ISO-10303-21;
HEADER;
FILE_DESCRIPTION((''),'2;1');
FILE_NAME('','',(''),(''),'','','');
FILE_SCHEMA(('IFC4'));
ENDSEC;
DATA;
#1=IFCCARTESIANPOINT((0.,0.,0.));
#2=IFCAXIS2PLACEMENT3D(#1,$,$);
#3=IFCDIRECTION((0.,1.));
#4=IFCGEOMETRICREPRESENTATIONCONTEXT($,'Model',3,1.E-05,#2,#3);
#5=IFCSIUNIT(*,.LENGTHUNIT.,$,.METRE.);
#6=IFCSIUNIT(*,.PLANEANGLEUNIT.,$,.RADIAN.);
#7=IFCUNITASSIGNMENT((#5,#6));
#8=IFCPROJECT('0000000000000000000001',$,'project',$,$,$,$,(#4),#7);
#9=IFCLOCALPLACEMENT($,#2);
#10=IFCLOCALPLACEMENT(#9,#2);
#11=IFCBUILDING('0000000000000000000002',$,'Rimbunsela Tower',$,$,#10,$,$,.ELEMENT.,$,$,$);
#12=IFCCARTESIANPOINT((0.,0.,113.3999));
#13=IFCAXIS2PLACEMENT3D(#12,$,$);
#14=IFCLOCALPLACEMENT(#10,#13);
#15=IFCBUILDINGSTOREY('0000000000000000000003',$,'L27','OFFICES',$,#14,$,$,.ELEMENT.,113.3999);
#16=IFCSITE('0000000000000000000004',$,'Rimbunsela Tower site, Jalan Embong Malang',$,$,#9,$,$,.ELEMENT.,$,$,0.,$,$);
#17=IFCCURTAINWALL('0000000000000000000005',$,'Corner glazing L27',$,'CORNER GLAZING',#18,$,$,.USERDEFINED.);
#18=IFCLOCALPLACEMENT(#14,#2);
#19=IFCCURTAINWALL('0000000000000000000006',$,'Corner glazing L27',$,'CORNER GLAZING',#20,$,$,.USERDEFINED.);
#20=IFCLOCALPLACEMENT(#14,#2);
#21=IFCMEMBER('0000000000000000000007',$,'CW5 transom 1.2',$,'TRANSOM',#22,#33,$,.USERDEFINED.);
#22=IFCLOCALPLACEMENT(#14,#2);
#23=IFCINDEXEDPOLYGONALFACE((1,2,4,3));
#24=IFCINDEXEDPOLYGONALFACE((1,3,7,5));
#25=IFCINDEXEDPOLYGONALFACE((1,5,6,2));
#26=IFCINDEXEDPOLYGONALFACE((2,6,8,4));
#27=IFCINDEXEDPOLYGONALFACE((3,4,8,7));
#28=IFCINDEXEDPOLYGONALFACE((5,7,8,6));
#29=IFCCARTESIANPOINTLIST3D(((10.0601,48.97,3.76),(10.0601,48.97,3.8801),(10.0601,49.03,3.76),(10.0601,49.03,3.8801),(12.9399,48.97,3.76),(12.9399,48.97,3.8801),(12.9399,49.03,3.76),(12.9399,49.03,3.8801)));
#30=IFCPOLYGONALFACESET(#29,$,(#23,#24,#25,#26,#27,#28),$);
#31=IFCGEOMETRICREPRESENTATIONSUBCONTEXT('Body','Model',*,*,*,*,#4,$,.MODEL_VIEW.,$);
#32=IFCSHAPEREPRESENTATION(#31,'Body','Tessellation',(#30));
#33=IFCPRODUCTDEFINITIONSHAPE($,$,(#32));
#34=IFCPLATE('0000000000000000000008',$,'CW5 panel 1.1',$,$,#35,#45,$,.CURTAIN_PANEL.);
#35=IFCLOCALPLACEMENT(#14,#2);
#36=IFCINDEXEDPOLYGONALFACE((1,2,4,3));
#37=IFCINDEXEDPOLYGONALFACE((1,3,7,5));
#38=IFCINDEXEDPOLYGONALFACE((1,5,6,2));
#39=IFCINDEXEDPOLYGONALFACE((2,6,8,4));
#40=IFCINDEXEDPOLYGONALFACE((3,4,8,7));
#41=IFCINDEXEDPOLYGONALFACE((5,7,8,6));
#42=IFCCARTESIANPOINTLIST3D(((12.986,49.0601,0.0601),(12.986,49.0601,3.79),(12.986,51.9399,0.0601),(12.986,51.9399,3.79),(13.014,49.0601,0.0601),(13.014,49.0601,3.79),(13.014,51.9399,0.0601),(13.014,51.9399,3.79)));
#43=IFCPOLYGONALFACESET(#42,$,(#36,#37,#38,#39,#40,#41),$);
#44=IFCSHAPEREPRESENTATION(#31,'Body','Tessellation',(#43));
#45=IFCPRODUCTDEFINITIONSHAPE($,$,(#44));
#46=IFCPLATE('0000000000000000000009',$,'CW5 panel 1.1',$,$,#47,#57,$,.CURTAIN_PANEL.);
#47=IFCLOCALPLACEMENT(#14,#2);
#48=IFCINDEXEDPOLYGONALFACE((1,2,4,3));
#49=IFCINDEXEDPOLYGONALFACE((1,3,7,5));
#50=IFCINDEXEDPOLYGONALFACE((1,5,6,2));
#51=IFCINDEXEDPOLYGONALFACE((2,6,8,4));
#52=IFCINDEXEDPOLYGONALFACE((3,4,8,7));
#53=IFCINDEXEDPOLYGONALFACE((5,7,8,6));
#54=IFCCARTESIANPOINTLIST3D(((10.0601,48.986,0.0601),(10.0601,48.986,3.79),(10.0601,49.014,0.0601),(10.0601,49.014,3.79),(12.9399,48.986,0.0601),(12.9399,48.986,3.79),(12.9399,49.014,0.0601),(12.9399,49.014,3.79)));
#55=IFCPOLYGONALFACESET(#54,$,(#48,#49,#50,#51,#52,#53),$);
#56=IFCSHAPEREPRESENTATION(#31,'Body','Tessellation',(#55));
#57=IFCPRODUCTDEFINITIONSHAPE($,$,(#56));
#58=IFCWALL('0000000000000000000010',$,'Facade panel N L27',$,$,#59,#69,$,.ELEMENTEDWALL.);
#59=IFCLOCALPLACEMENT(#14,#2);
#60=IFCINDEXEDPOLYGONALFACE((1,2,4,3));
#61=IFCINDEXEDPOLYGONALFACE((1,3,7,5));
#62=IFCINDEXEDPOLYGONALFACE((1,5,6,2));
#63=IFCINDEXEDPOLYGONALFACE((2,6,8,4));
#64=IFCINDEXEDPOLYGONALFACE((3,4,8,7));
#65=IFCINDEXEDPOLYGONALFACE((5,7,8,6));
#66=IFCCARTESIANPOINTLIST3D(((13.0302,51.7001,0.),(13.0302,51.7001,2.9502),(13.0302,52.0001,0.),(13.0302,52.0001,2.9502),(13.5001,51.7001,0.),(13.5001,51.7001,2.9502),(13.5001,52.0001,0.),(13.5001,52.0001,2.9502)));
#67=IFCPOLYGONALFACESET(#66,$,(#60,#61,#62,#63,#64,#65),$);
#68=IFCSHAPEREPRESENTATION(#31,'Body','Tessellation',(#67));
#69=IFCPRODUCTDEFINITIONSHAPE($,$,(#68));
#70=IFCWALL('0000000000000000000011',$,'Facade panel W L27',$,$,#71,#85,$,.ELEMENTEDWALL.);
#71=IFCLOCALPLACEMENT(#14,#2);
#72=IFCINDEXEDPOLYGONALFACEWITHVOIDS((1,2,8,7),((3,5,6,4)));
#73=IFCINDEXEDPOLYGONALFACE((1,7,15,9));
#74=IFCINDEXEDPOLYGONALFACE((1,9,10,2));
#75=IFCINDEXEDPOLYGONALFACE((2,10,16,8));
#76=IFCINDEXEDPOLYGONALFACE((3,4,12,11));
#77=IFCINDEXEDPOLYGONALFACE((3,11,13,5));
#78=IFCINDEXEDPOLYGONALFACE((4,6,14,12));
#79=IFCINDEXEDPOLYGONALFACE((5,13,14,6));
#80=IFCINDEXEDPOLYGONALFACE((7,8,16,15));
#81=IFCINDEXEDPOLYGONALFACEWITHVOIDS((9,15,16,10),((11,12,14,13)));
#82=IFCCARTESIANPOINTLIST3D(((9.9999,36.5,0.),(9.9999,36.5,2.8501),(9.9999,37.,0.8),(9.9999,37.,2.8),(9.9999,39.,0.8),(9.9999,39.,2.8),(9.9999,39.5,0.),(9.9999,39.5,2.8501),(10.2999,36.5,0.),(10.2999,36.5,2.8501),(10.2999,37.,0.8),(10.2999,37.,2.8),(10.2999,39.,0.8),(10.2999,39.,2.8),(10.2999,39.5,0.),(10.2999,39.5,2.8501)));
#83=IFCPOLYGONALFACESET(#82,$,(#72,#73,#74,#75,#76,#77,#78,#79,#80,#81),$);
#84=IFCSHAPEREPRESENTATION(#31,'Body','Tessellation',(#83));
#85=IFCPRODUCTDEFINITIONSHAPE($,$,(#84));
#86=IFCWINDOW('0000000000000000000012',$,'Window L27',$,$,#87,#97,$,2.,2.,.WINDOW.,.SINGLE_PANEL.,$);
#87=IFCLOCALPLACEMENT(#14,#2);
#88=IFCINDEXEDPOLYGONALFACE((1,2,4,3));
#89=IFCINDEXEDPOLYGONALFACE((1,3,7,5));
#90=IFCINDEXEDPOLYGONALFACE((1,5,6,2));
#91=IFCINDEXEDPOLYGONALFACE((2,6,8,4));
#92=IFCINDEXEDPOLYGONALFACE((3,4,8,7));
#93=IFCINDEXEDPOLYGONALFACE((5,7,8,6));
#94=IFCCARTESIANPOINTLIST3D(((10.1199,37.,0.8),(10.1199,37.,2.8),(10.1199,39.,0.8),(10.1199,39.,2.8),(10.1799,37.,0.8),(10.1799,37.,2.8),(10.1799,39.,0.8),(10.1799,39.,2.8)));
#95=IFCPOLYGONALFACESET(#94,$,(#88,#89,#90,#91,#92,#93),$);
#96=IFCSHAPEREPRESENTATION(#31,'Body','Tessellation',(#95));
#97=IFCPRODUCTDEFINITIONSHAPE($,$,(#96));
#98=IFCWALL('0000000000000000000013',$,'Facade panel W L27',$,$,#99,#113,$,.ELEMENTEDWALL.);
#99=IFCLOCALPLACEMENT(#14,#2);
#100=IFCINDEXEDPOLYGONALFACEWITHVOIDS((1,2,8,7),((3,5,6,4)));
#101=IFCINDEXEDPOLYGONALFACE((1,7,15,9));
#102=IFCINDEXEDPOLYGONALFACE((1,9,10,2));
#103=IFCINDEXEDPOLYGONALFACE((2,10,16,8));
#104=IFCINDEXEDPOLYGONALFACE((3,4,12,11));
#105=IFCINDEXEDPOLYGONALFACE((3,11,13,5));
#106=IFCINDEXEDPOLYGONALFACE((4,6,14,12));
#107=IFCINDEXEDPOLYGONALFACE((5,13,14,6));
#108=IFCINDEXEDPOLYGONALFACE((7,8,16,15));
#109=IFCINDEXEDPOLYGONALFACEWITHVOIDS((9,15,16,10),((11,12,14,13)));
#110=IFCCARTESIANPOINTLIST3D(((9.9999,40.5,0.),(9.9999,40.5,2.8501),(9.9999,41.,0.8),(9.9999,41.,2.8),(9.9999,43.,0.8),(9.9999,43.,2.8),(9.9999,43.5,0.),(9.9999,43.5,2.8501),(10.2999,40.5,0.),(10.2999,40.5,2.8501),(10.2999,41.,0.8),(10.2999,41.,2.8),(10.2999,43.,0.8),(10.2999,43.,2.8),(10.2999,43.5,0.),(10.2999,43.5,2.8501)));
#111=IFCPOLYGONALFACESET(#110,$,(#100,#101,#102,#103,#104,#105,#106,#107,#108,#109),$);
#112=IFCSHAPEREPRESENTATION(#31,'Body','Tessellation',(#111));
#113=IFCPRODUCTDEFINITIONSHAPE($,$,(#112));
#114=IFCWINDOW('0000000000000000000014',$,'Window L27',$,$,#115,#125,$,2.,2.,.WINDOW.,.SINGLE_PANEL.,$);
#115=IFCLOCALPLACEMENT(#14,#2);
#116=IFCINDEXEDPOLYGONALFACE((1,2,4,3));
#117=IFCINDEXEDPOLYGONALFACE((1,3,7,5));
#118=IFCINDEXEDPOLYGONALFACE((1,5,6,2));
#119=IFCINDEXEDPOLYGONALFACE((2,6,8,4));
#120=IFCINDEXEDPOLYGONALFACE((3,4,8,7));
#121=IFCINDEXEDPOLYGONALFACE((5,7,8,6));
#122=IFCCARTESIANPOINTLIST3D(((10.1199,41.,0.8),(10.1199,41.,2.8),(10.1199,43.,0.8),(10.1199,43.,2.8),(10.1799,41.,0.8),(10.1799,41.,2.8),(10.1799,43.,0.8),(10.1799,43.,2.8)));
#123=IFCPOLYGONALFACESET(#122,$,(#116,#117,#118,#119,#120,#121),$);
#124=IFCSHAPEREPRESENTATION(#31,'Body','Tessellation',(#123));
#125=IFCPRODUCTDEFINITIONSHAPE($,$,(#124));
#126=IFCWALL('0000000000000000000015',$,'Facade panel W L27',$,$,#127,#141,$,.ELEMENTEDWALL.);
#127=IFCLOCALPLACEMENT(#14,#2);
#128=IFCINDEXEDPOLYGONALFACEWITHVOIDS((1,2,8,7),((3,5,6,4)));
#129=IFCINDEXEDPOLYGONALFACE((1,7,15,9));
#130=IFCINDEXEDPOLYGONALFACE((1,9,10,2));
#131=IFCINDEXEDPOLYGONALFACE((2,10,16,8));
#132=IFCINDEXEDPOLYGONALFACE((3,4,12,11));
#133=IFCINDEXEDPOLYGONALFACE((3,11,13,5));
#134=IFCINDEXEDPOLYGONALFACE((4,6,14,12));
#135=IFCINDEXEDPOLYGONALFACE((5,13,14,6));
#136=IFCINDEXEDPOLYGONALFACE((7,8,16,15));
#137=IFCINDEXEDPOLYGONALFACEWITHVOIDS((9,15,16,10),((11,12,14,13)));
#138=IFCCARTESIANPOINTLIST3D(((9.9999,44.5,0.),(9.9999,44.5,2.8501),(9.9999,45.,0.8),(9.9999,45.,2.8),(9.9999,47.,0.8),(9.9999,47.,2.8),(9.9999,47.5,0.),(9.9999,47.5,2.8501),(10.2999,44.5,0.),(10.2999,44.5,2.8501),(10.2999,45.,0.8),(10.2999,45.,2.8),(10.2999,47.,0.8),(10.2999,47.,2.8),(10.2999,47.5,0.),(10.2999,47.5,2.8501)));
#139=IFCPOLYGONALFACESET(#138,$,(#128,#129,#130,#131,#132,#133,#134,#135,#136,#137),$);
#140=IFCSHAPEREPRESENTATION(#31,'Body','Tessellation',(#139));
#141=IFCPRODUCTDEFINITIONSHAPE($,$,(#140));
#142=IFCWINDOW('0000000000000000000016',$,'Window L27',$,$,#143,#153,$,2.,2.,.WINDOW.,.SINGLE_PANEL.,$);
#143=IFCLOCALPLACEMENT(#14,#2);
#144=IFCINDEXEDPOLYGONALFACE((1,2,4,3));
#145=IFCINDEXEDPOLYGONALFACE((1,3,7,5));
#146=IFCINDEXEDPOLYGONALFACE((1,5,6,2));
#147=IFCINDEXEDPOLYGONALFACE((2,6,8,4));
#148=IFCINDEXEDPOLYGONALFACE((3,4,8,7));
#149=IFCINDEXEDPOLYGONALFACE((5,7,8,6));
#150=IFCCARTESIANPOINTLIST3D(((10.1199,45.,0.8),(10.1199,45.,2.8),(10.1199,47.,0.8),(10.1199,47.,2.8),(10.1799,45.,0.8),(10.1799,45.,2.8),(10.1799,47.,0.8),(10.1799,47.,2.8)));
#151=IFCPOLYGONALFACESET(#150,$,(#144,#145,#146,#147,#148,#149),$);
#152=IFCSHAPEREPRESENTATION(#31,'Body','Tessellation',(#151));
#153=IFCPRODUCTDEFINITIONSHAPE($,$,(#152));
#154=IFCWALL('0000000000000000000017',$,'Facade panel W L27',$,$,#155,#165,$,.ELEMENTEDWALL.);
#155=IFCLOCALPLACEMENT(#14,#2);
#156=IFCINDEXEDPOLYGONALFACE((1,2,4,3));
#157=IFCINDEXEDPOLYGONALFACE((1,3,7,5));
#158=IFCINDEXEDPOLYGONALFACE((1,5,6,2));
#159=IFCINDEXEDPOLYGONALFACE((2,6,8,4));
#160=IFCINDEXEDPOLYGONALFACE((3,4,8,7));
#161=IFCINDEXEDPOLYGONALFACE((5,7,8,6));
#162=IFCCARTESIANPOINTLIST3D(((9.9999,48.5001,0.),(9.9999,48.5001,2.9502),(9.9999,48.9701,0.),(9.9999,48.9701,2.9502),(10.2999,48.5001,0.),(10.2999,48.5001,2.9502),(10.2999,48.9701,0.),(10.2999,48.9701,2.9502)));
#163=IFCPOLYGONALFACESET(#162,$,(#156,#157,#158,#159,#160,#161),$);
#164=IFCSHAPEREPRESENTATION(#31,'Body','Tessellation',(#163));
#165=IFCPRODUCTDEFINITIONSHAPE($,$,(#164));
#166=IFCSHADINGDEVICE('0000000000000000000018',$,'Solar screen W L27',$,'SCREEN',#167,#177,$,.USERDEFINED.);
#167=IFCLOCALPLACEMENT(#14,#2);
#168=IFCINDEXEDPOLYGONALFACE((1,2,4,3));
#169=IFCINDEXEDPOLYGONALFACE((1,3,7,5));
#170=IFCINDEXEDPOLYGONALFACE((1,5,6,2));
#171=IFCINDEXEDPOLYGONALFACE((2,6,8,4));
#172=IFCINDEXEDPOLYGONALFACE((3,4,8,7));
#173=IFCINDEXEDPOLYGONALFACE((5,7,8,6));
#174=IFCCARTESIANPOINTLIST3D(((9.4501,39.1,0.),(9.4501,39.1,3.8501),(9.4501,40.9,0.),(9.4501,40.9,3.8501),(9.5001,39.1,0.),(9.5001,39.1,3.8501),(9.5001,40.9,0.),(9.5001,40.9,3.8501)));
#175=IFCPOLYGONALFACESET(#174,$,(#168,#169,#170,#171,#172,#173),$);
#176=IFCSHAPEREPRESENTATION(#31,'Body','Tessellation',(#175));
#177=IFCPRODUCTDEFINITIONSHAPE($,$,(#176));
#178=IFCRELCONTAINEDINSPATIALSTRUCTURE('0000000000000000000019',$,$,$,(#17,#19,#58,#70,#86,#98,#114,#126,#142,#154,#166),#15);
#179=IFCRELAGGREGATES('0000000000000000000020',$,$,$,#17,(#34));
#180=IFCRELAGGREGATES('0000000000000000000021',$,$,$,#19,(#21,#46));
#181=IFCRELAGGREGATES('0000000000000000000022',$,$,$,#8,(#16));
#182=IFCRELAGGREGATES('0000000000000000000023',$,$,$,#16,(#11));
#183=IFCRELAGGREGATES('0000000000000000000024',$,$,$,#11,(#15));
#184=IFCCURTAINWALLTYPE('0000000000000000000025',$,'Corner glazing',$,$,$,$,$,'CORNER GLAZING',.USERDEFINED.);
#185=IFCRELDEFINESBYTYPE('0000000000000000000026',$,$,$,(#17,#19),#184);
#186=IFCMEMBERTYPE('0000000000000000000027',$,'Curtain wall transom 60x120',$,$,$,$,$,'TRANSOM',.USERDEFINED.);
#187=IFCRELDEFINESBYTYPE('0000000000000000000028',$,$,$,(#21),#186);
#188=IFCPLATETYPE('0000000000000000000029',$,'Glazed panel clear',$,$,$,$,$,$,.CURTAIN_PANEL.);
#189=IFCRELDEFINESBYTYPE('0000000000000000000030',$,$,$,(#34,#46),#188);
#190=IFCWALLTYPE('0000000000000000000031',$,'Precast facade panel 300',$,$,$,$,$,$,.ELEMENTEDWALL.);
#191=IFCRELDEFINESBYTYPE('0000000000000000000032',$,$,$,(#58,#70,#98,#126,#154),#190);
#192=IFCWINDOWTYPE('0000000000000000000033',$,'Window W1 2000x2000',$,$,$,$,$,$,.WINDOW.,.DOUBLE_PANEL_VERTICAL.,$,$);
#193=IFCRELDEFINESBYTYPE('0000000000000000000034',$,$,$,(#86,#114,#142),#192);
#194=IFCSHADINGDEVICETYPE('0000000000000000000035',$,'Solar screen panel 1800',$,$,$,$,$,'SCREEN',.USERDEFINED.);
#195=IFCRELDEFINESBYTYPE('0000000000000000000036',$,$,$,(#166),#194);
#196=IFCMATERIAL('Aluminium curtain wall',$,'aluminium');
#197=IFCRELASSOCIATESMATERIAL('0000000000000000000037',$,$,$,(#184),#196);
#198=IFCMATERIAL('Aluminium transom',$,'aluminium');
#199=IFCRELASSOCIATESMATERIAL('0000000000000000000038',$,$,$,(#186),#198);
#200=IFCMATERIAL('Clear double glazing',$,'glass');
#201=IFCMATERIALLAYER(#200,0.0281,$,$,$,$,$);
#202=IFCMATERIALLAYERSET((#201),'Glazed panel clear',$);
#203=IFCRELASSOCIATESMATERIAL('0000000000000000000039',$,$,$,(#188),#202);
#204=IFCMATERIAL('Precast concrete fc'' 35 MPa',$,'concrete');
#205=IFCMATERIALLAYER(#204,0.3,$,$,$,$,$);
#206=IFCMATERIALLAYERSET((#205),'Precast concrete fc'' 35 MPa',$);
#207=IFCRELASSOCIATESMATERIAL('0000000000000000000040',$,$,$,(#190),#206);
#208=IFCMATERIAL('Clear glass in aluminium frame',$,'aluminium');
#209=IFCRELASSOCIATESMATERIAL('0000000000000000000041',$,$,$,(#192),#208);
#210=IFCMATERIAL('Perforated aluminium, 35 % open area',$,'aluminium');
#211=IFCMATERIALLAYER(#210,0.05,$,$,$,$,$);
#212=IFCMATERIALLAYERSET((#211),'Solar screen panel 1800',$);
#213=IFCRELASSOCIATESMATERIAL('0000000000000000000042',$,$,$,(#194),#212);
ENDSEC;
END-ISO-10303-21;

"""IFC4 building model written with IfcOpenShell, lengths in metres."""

from ifc_helpers import new_model, si_unit, direction, frame, frame_2d, origin, origin_2d, place, context, subcontext, project, spatial, rectangle, extrude, material, layer, layer_set, material_profile, profile_set, type_object, element, fill, aggregate, save


model = new_model("IFC4")

# Units and contexts
model_context = context("Model", 3, precision=1e-05, world=origin(), true_north=direction((0.0, 1.0)))
body_context = subcontext(model_context, "Body", "Model", "MODEL_VIEW")
ifc_project = project(units=[si_unit("LENGTHUNIT", "METRE"), si_unit("PLANEANGLEUNIT", "RADIAN")], contexts=[model_context])

# Site, building, storey
site_placement = place(None, origin())
site = spatial("IfcSite", under=ifc_project, at=site_placement, Name="Rimbunsela Tower site, Jalan Embong Malang", CompositionType="ELEMENT", RefElevation=0.0)
building_placement = place(site_placement, origin())
building = spatial("IfcBuilding", under=site, at=building_placement, Name="Rimbunsela Tower", CompositionType="ELEMENT")
storey_placement = place(building_placement, frame((0.0, 0.0, 113.3999)))
storey = spatial("IfcBuildingStorey", under=building, at=storey_placement, Name="L27", Description="OFFICES", CompositionType="ELEMENT", Elevation=113.3999)

# Curtain walls
ifc_material_1 = material(Name="Aluminium curtain wall", Category="aluminium")
curtain_wall_type = type_object("IfcCurtainWallType", Name="Corner glazing", ElementType="CORNER GLAZING", PredefinedType="USERDEFINED", material=ifc_material_1)
curtain_wall_1_placement = place(storey_placement, origin())
curtain_wall_1 = element("IfcCurtainWall", 1, at=curtain_wall_1_placement, inside=storey, type_object=curtain_wall_type, Name="Corner glazing L27", ObjectType="CORNER GLAZING", PredefinedType="USERDEFINED")
curtain_wall_2_placement = place(storey_placement, origin())
curtain_wall_2 = element("IfcCurtainWall", 2, at=curtain_wall_2_placement, inside=storey, type_object=curtain_wall_type, Name="Corner glazing L27", ObjectType="CORNER GLAZING", PredefinedType="USERDEFINED")

# Member
ifc_material_2 = material(Name="Aluminium transom", Category="aluminium")
ifc_material_profile_1 = material_profile(ifc_material_2, rectangle(XDim=0.0601, YDim=0.1201, at=origin_2d()), Name="Transom 60x120")
ifc_profile_set_1 = profile_set([ifc_material_profile_1], Name="Aluminium transom")
member_type_1 = type_object("IfcMemberType", Name="Curtain wall transom 60x120", ElementType="TRANSOM", PredefinedType="USERDEFINED", material=ifc_profile_set_1)
member_1_placement = place(storey_placement, frame((12.9399, 49.0, 3.8201), z_axis=(-1.0, 0.0, 0.0), x_axis=(0.0, -1.0, 0.0)))
member_1 = element("IfcMember", 3, at=member_1_placement, type_object=member_type_1, Name="CW5 transom 1.2", ObjectType="TRANSOM", PredefinedType="USERDEFINED", context=body_context, shape_type="SweptSolid", body=[
    extrude(rectangle(XDim=0.0601, YDim=0.1201, at=origin_2d()), origin(), (0.0, 0.0, 1.0), 2.8799),
])

# Plates
ifc_material_3 = material(Name="Clear double glazing", Category="glass")
ifc_layer_1 = layer(ifc_material_3, 0.0281)
ifc_layer_set_1 = layer_set([ifc_layer_1], Name="Glazed panel clear")
plate_type = type_object("IfcPlateType", Name="Glazed panel clear", PredefinedType="CURTAIN_PANEL", material=ifc_layer_set_1)
plate_1_placement = place(storey_placement, frame((13.0, 50.5, 0.0601), z_axis=(0.0, 0.0, 1.0), x_axis=(0.0, -1.0, 0.0)))
plate_1 = element("IfcPlate", 4, at=plate_1_placement, type_object=plate_type, Name="CW5 panel 1.1", PredefinedType="CURTAIN_PANEL", context=body_context, shape_type="SweptSolid", body=[
    extrude(rectangle(XDim=2.8799, YDim=0.0281, at=origin_2d()), origin(), (0.0, 0.0, 1.0), 3.73),
])
aggregate(curtain_wall_1, [plate_1])
plate_2_placement = place(storey_placement, frame((11.5, 49.0, 0.0601), z_axis=(0.0, 0.0, 1.0), x_axis=(-1.0, 0.0, 0.0)))
plate_2 = element("IfcPlate", 5, at=plate_2_placement, type_object=plate_type, Name="CW5 panel 1.1", PredefinedType="CURTAIN_PANEL", context=body_context, shape_type="SweptSolid", body=[
    extrude(rectangle(XDim=2.8799, YDim=0.0281, at=origin_2d()), origin(), (0.0, 0.0, 1.0), 3.73),
])
aggregate(curtain_wall_2, [member_1, plate_2])

# Wall
ifc_material_4 = material(Name="Precast concrete fc' 35 MPa", Category="concrete")
ifc_layer_2 = layer(ifc_material_4, 0.3)
ifc_layer_set_2 = layer_set([ifc_layer_2], Name="Precast concrete fc' 35 MPa")
wall_type = type_object("IfcWallType", Name="Precast facade panel 300", PredefinedType="ELEMENTEDWALL", material=ifc_layer_set_2)
wall_1_placement = place(storey_placement, frame((13.5, 51.8501, 0.0), z_axis=(0.0, 0.0, 1.0), x_axis=(-1.0, 0.0, 0.0)))
element("IfcWall", 6, at=wall_1_placement, inside=storey, type_object=wall_type, Name="Facade panel N L27", PredefinedType="ELEMENTEDWALL", context=body_context, shape_type="SweptSolid", body=[
    extrude(rectangle(XDim=0.47, YDim=0.3, at=frame_2d((0.2349, 0.0))), origin(), (0.0, 0.0, 1.0), 2.9502),
])

# Walls, openings, windows
wall_2_placement = place(storey_placement, frame((10.1499, 39.5, 0.0), z_axis=(0.0, 0.0, 1.0), x_axis=(0.0, -1.0, 0.0)))
wall_2 = element("IfcWall", 7, at=wall_2_placement, inside=storey, type_object=wall_type, Name="Facade panel W L27", PredefinedType="ELEMENTEDWALL", context=body_context, shape_type="SweptSolid", body=[
    extrude(rectangle(XDim=3.0, YDim=0.3, at=frame_2d((1.5, 0.0))), origin(), (0.0, 0.0, 1.0), 2.8501),
])
opening_1_placement = place(wall_2_placement, frame((0.5, 0.0, 0.8)))
opening_1 = element("IfcOpeningElement", 8, at=opening_1_placement, cuts=wall_2, PredefinedType="OPENING", context=body_context, shape_type="SweptSolid", body=[
    extrude(rectangle(XDim=2.0, YDim=2.0, at=frame_2d((1.0, 1.0))), frame((0.0, 0.1599, 0.0), z_axis=(0.0, -1.0, 0.0), x_axis=(1.0, 0.0, 0.0)), (0.0, 0.0, 1.0), 0.3201),
])
ifc_material_5 = material(Name="Clear glass in aluminium frame", Category="aluminium")
window_type = type_object("IfcWindowType", Name="Window W1 2000x2000", PartitioningType="DOUBLE_PANEL_VERTICAL", PredefinedType="WINDOW", material=ifc_material_5)
window_1_placement = place(opening_1_placement, origin())
window_1 = element("IfcWindow", 9, at=window_1_placement, inside=storey, type_object=window_type, Name="Window L27", OverallHeight=2.0, OverallWidth=2.0, PartitioningType="SINGLE_PANEL", PredefinedType="WINDOW", context=body_context, shape_type="SweptSolid", body=[
    extrude(rectangle(XDim=2.0, YDim=2.0, at=frame_2d((1.0, 1.0))), frame((0.0, 0.03, 0.0), z_axis=(0.0, -1.0, 0.0), x_axis=(1.0, 0.0, 0.0)), (0.0, 0.0, 1.0), 0.0601),
])
fill(opening_1, window_1)
wall_3_placement = place(storey_placement, frame((10.1499, 43.5, 0.0), z_axis=(0.0, 0.0, 1.0), x_axis=(0.0, -1.0, 0.0)))
wall_3 = element("IfcWall", 10, at=wall_3_placement, inside=storey, type_object=wall_type, Name="Facade panel W L27", PredefinedType="ELEMENTEDWALL", context=body_context, shape_type="SweptSolid", body=[
    extrude(rectangle(XDim=3.0, YDim=0.3, at=frame_2d((1.5, 0.0))), origin(), (0.0, 0.0, 1.0), 2.8501),
])
opening_2_placement = place(wall_3_placement, frame((0.5, 0.0, 0.8)))
opening_2 = element("IfcOpeningElement", 11, at=opening_2_placement, cuts=wall_3, PredefinedType="OPENING", context=body_context, shape_type="SweptSolid", body=[
    extrude(rectangle(XDim=2.0, YDim=2.0, at=frame_2d((1.0, 1.0))), frame((0.0, 0.1599, 0.0), z_axis=(0.0, -1.0, 0.0), x_axis=(1.0, 0.0, 0.0)), (0.0, 0.0, 1.0), 0.3201),
])
window_2_placement = place(opening_2_placement, origin())
window_2 = element("IfcWindow", 12, at=window_2_placement, inside=storey, type_object=window_type, Name="Window L27", OverallHeight=2.0, OverallWidth=2.0, PartitioningType="SINGLE_PANEL", PredefinedType="WINDOW", context=body_context, shape_type="SweptSolid", body=[
    extrude(rectangle(XDim=2.0, YDim=2.0, at=frame_2d((1.0, 1.0))), frame((0.0, 0.03, 0.0), z_axis=(0.0, -1.0, 0.0), x_axis=(1.0, 0.0, 0.0)), (0.0, 0.0, 1.0), 0.0601),
])
fill(opening_2, window_2)
wall_4_placement = place(storey_placement, frame((10.1499, 47.5, 0.0), z_axis=(0.0, 0.0, 1.0), x_axis=(0.0, -1.0, 0.0)))
wall_4 = element("IfcWall", 13, at=wall_4_placement, inside=storey, type_object=wall_type, Name="Facade panel W L27", PredefinedType="ELEMENTEDWALL", context=body_context, shape_type="SweptSolid", body=[
    extrude(rectangle(XDim=3.0, YDim=0.3, at=frame_2d((1.5, 0.0))), origin(), (0.0, 0.0, 1.0), 2.8501),
])
opening_3_placement = place(wall_4_placement, frame((0.5, 0.0, 0.8)))
opening_3 = element("IfcOpeningElement", 14, at=opening_3_placement, cuts=wall_4, PredefinedType="OPENING", context=body_context, shape_type="SweptSolid", body=[
    extrude(rectangle(XDim=2.0, YDim=2.0, at=frame_2d((1.0, 1.0))), frame((0.0, 0.1599, 0.0), z_axis=(0.0, -1.0, 0.0), x_axis=(1.0, 0.0, 0.0)), (0.0, 0.0, 1.0), 0.3201),
])
window_3_placement = place(opening_3_placement, origin())
window_3 = element("IfcWindow", 15, at=window_3_placement, inside=storey, type_object=window_type, Name="Window L27", OverallHeight=2.0, OverallWidth=2.0, PartitioningType="SINGLE_PANEL", PredefinedType="WINDOW", context=body_context, shape_type="SweptSolid", body=[
    extrude(rectangle(XDim=2.0, YDim=2.0, at=frame_2d((1.0, 1.0))), frame((0.0, 0.03, 0.0), z_axis=(0.0, -1.0, 0.0), x_axis=(1.0, 0.0, 0.0)), (0.0, 0.0, 1.0), 0.0601),
])
fill(opening_3, window_3)

# Wall
wall_5_placement = place(storey_placement, frame((10.1499, 48.97, 0.0), z_axis=(0.0, 0.0, 1.0), x_axis=(0.0, -1.0, 0.0)))
element("IfcWall", 16, at=wall_5_placement, inside=storey, type_object=wall_type, Name="Facade panel W L27", PredefinedType="ELEMENTEDWALL", context=body_context, shape_type="SweptSolid", body=[
    extrude(rectangle(XDim=0.47, YDim=0.3, at=frame_2d((0.2349, 0.0))), origin(), (0.0, 0.0, 1.0), 2.9502),
])

# Shading device
ifc_material_6 = material(Name="Perforated aluminium, 35 % open area", Category="aluminium")
ifc_layer_3 = layer(ifc_material_6, 0.05)
ifc_layer_set_3 = layer_set([ifc_layer_3], Name="Solar screen panel 1800")
shading_device_type = type_object("IfcShadingDeviceType", Name="Solar screen panel 1800", ElementType="SCREEN", PredefinedType="USERDEFINED", material=ifc_layer_set_3)
for number, where, z_axis, x_axis, name in (
    (17, (9.4751, 40.0, 0.0), (0.0, 0.0, 1.0), (0.0, 1.0, 0.0), "Solar screen W L27"),
):
    element("IfcShadingDevice", number, at=place(storey_placement, frame(where, z_axis=z_axis, x_axis=x_axis)), inside=storey, type_object=shading_device_type, Name=name, ObjectType="SCREEN", PredefinedType="USERDEFINED", context=body_context, shape_type="SweptSolid", body=[
        extrude(rectangle(XDim=1.8, YDim=0.05, at=origin_2d()), origin(), (0.0, 0.0, 1.0), 3.8501),
    ])

save(model, "model.ifc")
